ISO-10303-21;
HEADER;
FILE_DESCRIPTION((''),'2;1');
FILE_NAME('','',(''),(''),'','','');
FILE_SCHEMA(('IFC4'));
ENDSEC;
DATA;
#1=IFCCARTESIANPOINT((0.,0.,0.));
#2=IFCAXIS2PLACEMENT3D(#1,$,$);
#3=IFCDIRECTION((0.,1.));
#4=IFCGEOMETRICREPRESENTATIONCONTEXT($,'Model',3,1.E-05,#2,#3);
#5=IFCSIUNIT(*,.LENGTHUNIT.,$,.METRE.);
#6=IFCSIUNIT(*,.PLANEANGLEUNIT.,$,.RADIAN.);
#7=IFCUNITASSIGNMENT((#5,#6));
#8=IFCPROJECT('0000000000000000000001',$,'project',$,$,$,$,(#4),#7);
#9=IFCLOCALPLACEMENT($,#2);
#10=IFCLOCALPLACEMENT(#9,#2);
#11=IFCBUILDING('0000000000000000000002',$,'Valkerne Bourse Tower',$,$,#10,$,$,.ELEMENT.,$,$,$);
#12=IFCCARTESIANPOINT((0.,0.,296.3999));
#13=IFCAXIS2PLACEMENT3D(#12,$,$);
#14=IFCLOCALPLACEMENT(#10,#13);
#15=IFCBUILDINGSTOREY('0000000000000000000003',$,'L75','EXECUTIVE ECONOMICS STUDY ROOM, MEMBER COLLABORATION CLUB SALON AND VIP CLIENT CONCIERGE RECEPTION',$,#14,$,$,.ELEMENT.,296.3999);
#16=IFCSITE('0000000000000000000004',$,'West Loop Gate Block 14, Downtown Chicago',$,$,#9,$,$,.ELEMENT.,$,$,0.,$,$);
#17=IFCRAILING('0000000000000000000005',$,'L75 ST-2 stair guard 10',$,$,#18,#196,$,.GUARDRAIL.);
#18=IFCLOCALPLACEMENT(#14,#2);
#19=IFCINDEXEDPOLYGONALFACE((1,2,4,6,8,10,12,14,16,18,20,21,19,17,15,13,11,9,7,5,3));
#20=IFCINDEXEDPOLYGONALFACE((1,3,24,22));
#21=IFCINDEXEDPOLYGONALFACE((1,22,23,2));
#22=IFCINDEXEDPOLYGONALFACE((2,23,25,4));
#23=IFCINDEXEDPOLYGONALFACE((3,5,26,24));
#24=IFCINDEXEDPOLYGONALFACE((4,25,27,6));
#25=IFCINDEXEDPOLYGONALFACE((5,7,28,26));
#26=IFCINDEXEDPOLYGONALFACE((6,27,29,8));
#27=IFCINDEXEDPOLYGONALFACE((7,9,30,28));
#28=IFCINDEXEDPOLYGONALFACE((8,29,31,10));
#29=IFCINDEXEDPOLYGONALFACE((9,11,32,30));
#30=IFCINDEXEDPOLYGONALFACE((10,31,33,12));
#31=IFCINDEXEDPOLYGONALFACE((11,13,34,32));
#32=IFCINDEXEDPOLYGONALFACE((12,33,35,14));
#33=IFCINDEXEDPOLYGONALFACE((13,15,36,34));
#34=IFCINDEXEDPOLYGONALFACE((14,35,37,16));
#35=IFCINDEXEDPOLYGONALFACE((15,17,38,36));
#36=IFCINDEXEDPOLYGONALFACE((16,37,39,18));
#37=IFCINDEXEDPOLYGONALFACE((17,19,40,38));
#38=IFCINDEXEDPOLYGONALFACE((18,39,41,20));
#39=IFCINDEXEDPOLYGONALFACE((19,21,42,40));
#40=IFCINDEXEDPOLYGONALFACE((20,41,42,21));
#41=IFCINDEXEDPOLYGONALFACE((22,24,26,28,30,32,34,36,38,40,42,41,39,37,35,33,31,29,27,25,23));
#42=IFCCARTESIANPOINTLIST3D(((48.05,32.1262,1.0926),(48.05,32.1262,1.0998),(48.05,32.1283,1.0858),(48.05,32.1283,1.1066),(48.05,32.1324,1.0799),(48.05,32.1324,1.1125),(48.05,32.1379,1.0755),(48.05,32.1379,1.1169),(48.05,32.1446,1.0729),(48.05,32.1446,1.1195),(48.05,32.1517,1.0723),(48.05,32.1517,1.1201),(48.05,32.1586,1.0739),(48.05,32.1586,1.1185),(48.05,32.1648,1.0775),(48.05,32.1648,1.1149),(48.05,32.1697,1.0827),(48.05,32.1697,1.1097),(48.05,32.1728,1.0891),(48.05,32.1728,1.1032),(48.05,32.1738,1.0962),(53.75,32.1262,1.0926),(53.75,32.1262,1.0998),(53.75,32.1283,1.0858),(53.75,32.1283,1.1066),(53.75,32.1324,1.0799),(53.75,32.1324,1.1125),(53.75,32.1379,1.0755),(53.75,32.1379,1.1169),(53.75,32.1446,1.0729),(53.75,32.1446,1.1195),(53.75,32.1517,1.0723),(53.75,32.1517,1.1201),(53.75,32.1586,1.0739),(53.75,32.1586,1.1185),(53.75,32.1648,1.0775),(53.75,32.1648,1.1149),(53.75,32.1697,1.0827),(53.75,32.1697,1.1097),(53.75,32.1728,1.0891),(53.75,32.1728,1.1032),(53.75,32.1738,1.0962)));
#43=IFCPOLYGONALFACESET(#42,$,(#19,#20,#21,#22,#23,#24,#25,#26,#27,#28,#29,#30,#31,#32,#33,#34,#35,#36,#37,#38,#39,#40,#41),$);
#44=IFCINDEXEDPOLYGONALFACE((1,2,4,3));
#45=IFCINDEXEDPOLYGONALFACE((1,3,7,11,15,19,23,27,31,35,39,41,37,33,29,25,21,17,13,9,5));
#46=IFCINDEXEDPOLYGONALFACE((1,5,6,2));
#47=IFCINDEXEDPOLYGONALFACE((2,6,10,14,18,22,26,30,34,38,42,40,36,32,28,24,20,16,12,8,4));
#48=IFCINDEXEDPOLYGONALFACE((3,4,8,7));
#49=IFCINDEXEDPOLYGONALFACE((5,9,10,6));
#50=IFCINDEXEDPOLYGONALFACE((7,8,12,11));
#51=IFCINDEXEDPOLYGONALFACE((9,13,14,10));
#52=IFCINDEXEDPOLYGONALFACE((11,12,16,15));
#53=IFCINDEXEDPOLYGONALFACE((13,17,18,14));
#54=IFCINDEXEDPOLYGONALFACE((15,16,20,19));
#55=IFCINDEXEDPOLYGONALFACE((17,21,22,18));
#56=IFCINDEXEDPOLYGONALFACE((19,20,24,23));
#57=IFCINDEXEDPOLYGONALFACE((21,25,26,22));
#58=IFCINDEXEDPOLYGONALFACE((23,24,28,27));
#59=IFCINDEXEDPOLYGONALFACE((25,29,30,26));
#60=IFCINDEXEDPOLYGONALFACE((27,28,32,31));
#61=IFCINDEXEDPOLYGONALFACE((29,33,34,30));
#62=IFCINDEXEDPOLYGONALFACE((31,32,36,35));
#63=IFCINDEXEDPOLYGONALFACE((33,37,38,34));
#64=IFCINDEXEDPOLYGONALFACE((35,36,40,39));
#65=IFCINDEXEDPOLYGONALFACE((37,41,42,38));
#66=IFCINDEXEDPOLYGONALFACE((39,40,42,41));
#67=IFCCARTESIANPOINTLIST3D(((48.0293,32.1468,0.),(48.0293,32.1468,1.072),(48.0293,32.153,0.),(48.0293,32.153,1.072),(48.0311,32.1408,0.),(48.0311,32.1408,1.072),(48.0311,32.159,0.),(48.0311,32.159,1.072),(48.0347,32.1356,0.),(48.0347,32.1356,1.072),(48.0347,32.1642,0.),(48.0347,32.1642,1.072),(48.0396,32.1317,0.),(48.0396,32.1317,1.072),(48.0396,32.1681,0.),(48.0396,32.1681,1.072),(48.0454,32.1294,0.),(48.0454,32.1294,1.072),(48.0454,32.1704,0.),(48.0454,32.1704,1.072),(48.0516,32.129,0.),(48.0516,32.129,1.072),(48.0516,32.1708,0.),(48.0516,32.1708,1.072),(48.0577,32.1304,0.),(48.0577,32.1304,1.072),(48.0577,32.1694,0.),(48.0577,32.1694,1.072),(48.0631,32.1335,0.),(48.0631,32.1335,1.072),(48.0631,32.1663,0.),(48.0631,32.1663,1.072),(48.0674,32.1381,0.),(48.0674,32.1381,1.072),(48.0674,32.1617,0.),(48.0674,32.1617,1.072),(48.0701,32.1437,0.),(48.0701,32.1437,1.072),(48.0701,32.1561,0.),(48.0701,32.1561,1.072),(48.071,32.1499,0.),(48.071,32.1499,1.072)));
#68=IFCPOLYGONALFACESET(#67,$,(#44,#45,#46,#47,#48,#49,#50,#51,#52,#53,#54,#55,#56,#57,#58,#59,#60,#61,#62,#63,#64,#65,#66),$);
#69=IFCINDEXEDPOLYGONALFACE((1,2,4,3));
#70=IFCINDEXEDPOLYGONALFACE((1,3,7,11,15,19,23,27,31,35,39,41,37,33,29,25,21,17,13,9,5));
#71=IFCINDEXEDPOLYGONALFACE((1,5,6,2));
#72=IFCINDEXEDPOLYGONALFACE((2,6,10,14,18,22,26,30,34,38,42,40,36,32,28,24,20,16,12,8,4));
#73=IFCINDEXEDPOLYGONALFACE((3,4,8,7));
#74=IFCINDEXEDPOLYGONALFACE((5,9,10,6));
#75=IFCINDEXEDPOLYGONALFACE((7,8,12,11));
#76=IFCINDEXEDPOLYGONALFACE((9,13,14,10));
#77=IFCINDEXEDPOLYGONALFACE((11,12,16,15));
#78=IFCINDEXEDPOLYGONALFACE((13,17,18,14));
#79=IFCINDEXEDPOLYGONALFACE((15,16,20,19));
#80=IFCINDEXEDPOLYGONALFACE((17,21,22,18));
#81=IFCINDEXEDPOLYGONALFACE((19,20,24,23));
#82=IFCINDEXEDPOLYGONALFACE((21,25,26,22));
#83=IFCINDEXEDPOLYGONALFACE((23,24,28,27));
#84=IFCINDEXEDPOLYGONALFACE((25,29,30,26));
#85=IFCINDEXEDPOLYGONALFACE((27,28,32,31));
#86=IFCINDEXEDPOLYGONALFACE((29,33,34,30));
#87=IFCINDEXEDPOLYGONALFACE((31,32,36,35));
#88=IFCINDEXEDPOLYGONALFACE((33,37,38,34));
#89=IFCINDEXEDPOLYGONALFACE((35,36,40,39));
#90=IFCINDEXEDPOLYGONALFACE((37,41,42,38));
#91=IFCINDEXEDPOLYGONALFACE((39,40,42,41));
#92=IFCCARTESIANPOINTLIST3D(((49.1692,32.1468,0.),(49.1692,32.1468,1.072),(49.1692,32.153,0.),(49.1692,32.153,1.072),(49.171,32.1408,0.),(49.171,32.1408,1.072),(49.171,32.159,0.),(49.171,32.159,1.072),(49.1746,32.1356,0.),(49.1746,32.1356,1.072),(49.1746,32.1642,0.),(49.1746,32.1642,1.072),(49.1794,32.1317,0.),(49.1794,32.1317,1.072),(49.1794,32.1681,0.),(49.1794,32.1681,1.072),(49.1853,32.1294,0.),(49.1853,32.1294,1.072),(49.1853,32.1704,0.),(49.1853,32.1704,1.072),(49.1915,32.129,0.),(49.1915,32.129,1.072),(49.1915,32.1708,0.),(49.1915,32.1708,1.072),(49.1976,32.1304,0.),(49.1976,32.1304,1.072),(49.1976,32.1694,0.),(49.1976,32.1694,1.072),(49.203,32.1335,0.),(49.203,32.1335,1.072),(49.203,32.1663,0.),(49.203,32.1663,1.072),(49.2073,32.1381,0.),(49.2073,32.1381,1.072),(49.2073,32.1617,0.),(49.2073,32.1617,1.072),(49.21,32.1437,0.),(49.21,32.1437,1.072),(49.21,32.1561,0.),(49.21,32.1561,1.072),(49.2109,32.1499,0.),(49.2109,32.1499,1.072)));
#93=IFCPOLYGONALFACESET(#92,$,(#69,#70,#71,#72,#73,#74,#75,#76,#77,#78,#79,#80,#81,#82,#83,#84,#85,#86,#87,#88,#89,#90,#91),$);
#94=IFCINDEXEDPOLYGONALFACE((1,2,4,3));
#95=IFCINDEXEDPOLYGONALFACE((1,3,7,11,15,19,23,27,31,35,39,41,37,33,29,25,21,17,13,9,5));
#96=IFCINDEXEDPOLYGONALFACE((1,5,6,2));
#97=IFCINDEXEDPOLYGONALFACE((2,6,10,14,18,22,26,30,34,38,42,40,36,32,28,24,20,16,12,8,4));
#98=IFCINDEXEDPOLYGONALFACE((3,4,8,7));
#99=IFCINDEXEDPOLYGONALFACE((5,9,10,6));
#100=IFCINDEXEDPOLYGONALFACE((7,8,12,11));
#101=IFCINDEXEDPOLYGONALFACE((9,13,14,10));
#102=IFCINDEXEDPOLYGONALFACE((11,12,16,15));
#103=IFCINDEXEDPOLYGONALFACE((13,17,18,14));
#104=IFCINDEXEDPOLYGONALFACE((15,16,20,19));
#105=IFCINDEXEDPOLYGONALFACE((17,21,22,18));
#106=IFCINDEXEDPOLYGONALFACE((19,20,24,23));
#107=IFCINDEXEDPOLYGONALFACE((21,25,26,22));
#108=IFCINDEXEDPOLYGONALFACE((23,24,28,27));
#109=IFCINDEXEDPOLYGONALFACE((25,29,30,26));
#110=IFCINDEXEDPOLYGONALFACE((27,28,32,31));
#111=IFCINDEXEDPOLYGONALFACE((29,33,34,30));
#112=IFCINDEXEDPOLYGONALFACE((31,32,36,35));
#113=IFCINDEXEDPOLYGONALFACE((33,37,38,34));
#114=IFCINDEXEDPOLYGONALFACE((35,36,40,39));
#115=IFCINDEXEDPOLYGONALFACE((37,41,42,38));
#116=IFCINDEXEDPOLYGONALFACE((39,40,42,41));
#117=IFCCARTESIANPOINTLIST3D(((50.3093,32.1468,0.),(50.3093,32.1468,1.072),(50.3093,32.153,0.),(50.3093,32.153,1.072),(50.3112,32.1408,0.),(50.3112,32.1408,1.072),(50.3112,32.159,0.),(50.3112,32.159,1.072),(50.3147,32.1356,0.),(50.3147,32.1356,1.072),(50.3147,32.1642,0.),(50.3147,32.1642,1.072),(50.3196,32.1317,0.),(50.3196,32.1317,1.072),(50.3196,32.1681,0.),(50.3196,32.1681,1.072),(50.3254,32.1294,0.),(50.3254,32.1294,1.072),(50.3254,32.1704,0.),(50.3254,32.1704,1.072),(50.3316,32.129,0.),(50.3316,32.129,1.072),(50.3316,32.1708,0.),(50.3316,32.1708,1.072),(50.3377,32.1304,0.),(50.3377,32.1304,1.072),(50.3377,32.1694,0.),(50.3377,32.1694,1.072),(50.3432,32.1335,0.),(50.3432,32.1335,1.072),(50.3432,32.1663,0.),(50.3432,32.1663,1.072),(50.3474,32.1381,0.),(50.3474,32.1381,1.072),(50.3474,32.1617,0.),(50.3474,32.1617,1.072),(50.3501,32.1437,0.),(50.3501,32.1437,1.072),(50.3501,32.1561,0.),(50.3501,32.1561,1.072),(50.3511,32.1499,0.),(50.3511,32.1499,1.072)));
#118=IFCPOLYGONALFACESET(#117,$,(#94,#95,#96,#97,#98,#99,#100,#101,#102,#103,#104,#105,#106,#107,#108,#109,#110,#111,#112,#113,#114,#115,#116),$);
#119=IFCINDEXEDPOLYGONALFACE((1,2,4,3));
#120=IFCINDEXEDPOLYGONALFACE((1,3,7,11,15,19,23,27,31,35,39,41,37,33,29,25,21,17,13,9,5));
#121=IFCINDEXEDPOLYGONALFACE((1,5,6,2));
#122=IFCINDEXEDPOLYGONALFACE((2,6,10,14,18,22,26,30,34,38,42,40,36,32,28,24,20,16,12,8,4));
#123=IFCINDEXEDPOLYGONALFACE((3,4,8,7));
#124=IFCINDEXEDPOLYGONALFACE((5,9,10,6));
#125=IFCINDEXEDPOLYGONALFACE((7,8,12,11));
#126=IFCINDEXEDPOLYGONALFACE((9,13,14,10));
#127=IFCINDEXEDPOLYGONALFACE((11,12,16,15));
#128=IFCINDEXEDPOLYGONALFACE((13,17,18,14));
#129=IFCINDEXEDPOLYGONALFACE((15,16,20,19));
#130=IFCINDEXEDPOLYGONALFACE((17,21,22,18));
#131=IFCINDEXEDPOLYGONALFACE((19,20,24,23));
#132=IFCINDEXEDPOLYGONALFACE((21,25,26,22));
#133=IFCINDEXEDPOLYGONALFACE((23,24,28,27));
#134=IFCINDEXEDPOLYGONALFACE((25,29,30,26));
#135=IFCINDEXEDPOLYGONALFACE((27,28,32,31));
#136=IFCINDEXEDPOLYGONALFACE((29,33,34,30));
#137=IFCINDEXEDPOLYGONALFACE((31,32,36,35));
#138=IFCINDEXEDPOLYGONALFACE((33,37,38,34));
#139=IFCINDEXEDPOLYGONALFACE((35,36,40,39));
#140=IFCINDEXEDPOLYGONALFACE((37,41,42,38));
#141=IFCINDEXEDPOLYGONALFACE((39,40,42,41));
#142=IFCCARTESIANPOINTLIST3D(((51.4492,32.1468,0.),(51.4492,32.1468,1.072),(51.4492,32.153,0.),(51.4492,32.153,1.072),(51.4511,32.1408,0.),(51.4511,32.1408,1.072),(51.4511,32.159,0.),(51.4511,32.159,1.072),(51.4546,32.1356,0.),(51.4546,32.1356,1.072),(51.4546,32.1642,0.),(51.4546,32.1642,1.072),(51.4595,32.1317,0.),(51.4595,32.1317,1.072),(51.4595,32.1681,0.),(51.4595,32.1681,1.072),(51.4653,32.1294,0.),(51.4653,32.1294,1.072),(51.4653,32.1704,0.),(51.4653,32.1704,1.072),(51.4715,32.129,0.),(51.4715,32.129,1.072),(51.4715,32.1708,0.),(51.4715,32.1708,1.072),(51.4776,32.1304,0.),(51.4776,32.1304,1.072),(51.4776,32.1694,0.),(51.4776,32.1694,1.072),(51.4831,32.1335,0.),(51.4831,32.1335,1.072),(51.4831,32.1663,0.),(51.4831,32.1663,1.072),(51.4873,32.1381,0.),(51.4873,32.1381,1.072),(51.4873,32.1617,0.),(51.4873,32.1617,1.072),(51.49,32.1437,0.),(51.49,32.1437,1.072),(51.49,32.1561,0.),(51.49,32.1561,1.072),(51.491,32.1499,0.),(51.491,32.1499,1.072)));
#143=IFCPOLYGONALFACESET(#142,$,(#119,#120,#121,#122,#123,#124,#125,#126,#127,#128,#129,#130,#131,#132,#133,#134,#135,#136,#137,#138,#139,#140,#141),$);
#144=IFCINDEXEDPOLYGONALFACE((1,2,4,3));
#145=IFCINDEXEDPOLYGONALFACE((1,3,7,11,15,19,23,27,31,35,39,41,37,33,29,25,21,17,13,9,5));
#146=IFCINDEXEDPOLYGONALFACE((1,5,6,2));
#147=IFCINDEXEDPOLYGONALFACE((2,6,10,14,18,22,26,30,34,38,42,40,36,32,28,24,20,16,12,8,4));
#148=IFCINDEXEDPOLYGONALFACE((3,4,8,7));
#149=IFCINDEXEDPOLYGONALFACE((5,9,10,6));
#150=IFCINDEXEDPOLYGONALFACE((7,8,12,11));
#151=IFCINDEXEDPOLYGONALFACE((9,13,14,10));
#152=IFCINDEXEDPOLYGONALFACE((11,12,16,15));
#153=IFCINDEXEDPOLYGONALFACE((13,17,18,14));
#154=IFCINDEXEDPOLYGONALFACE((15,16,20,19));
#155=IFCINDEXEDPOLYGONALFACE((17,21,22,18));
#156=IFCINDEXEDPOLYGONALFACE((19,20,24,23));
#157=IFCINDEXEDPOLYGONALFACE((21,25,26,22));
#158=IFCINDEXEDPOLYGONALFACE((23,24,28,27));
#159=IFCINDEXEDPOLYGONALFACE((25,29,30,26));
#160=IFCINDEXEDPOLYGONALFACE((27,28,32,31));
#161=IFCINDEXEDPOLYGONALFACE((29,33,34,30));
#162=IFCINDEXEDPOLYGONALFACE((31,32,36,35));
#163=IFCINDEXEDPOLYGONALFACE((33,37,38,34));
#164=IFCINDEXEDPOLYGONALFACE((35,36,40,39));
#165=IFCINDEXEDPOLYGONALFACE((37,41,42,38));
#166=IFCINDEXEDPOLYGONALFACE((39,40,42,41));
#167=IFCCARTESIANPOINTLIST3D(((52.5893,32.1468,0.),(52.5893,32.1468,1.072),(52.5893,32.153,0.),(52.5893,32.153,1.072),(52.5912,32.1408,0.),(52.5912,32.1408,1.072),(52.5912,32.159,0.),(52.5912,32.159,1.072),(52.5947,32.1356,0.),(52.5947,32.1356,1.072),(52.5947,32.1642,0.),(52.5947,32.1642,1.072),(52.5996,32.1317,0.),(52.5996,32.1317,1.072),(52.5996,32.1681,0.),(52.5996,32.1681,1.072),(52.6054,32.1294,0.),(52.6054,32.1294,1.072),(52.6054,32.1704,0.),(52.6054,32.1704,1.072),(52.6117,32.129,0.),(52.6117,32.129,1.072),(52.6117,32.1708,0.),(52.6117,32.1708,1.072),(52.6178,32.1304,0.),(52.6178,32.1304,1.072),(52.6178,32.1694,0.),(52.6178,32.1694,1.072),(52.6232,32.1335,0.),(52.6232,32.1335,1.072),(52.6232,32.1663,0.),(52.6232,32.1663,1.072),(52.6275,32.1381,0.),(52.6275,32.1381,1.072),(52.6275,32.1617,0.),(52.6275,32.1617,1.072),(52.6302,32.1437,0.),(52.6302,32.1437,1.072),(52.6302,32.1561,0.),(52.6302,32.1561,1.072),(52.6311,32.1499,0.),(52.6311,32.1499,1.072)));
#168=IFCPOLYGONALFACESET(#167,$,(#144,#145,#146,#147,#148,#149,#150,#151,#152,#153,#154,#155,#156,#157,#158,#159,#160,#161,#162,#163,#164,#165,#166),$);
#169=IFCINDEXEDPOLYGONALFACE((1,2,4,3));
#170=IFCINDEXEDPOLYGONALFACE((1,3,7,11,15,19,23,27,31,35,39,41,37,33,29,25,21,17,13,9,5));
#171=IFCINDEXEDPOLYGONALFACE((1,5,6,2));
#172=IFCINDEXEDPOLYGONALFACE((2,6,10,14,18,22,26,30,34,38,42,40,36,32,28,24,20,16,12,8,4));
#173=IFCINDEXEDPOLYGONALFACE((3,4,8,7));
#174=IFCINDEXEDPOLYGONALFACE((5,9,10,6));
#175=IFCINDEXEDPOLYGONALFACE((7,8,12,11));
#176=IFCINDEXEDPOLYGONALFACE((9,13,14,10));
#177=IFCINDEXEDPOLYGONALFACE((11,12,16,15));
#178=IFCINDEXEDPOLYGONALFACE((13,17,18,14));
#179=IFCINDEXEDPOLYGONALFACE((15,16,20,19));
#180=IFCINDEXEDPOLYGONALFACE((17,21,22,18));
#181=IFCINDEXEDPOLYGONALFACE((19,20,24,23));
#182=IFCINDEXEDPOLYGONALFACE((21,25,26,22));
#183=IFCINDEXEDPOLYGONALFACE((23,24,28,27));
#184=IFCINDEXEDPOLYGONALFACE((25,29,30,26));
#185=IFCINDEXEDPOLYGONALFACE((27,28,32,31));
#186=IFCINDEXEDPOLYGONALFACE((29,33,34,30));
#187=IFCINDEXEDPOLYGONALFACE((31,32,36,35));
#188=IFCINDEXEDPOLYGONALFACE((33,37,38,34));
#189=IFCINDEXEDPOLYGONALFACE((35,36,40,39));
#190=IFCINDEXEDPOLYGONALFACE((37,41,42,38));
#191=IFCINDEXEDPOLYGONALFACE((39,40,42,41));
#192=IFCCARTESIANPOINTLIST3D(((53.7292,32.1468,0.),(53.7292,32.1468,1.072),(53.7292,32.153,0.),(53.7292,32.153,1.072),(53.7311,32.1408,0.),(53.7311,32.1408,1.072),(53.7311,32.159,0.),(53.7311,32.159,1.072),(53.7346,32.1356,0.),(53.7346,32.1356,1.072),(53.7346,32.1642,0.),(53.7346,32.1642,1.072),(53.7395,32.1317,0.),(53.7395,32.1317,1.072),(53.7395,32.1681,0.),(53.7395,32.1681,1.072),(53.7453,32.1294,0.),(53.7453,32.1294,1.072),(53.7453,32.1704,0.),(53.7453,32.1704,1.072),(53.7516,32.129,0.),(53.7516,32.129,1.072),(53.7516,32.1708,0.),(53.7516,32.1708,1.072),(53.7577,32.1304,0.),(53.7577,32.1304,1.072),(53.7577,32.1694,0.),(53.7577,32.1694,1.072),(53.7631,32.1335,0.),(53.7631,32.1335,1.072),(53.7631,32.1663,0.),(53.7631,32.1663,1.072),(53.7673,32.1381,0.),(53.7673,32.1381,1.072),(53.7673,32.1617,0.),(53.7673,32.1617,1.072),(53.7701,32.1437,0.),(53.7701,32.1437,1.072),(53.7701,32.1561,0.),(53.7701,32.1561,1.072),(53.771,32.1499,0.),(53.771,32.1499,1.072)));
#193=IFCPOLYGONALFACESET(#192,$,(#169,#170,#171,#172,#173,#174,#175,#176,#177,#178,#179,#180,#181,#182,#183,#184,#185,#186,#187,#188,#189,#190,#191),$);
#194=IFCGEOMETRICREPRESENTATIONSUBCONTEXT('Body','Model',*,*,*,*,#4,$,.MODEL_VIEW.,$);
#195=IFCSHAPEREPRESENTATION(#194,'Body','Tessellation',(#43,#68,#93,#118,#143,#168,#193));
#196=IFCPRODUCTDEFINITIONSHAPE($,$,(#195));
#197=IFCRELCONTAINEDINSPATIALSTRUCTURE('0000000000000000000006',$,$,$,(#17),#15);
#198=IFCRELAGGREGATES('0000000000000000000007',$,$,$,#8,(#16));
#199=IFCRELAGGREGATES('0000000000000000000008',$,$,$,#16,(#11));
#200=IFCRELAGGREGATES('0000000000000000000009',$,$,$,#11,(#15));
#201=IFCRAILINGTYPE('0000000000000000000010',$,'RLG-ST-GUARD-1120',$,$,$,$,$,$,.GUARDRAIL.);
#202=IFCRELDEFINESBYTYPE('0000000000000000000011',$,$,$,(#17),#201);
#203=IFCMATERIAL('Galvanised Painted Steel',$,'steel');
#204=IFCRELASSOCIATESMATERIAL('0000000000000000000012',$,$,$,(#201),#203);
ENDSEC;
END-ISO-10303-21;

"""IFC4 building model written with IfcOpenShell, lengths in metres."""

from ifc_helpers import new_model, si_unit, direction, frame, origin, origin_2d, place, context, subcontext, project, spatial, circle, extrude, material, type_object, element, save


model = new_model("IFC4")

# Units and contexts
model_context = context("Model", 3, precision=1e-05, world=origin(), true_north=direction((0.0, 1.0)))
body_context = subcontext(model_context, "Body", "Model", "MODEL_VIEW")
ifc_project = project(units=[si_unit("LENGTHUNIT", "METRE"), si_unit("PLANEANGLEUNIT", "RADIAN")], contexts=[model_context])

# Site, building, storey
site_placement = place(None, origin())
site = spatial("IfcSite", under=ifc_project, at=site_placement, Name="West Loop Gate Block 14, Downtown Chicago", CompositionType="ELEMENT", RefElevation=0.0)
building_placement = place(site_placement, origin())
building = spatial("IfcBuilding", under=site, at=building_placement, Name="Valkerne Bourse Tower", CompositionType="ELEMENT")
storey_placement = place(building_placement, frame((0.0, 0.0, 296.3999)))
storey = spatial("IfcBuildingStorey", under=building, at=storey_placement, Name="L75", Description="EXECUTIVE ECONOMICS STUDY ROOM, MEMBER COLLABORATION CLUB SALON AND VIP CLIENT CONCIERGE RECEPTION", CompositionType="ELEMENT", Elevation=296.3999)

# Shared definitions
ifc_material_1 = material(Name="Galvanised Painted Steel", Category="steel")

# Railing
railing_type_1 = type_object("IfcRailingType", Name="RLG-ST-GUARD-1120", PredefinedType="GUARDRAIL", material=ifc_material_1)
railing_1_placement = place(storey_placement, frame((48.05, 32.1499, 0.0)))
element("IfcRailing", 1, at=railing_1_placement, inside=storey, type_object=railing_type_1, Name="L75 ST-2 stair guard 10", PredefinedType="GUARDRAIL", context=body_context, shape_type="SweptSolid", body=[
    extrude(circle(Radius=0.0239, at=origin_2d()), frame((0.0, 0.0, 1.0962), z_axis=(1.0, 0.0, 0.0), x_axis=(0.0, 1.0, 0.0)), (0.0, 0.0, 1.0), 5.7),
    extrude(circle(Radius=0.021, at=origin_2d()), origin(), (0.0, 0.0, 1.0), 1.072),
    extrude(circle(Radius=0.021, at=origin_2d()), frame((1.1399, 0.0, 0.0)), (0.0, 0.0, 1.0), 1.072),
    extrude(circle(Radius=0.021, at=origin_2d()), frame((2.28, 0.0, 0.0)), (0.0, 0.0, 1.0), 1.072),
    extrude(circle(Radius=0.021, at=origin_2d()), frame((3.4199, 0.0, 0.0)), (0.0, 0.0, 1.0), 1.072),
    extrude(circle(Radius=0.021, at=origin_2d()), frame((4.5601, 0.0, 0.0)), (0.0, 0.0, 1.0), 1.072),
    extrude(circle(Radius=0.021, at=origin_2d()), frame((5.7, 0.0, 0.0)), (0.0, 0.0, 1.0), 1.072),
])

save(model, "model.ifc")
